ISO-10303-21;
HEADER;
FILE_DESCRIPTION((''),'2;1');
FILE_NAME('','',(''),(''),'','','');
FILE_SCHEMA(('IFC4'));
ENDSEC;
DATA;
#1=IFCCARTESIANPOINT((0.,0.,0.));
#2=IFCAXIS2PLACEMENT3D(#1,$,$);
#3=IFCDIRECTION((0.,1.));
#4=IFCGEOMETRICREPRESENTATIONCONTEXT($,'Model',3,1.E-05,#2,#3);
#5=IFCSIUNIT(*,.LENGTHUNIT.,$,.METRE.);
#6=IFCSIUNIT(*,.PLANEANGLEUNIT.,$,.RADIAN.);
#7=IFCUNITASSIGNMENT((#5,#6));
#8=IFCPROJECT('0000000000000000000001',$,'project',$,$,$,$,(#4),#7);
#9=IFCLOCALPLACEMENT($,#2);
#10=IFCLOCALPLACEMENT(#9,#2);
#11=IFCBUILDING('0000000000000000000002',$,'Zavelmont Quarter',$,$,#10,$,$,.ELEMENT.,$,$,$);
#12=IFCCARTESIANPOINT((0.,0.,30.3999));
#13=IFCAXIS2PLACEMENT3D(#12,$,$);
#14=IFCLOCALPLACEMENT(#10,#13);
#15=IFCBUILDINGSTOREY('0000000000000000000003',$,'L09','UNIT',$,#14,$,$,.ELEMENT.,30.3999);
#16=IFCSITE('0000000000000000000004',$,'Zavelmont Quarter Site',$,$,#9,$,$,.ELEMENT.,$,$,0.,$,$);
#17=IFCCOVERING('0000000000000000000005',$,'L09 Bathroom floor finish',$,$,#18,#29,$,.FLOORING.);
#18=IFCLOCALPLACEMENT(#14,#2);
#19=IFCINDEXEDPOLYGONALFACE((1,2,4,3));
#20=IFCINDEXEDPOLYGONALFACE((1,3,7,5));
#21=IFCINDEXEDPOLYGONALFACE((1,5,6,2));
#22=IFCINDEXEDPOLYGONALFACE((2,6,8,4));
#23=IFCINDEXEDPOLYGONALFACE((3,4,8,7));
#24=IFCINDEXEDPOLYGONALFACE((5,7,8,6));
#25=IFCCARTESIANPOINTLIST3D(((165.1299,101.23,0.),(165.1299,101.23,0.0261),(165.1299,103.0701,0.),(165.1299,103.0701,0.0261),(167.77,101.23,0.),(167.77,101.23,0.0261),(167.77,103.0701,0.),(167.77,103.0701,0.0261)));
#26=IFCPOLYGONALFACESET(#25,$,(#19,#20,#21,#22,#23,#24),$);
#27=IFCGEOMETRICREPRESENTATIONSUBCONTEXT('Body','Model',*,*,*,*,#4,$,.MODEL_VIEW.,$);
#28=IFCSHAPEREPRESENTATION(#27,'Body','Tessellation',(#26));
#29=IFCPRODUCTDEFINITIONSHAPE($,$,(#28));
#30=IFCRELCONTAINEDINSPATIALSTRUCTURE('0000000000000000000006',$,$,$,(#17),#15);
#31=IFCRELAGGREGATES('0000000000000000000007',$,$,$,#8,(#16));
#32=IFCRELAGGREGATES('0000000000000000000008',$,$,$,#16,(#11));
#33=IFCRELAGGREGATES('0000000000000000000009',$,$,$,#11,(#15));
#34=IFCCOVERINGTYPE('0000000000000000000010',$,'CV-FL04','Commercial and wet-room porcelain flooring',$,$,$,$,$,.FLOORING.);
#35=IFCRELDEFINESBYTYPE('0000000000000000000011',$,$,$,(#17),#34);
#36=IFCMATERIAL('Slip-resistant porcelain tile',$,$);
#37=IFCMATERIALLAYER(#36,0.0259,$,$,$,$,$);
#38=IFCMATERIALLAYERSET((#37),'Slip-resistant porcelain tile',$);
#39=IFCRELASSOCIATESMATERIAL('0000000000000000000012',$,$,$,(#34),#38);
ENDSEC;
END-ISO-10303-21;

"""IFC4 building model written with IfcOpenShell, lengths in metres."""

from ifc_helpers import new_model, si_unit, direction, frame, origin, place, context, subcontext, project, spatial, polyline, outline, extrude, material, layer, layer_set, type_object, element, save


model = new_model("IFC4")

# Units and contexts
model_context = context("Model", 3, precision=1e-05, world=origin(), true_north=direction((0.0, 1.0)))
body_context = subcontext(model_context, "Body", "Model", "MODEL_VIEW")
ifc_project = project(units=[si_unit("LENGTHUNIT", "METRE"), si_unit("PLANEANGLEUNIT", "RADIAN")], contexts=[model_context])

# Site, building, storey
site_placement = place(None, origin())
site = spatial("IfcSite", under=ifc_project, at=site_placement, Name="Zavelmont Quarter Site", CompositionType="ELEMENT", RefElevation=0.0)
building_placement = place(site_placement, origin())
building = spatial("IfcBuilding", under=site, at=building_placement, Name="Zavelmont Quarter", CompositionType="ELEMENT")
storey_placement = place(building_placement, frame((0.0, 0.0, 30.3999)))
storey = spatial("IfcBuildingStorey", under=building, at=storey_placement, Name="L09", Description="UNIT", CompositionType="ELEMENT", Elevation=30.3999)

# Covering
ifc_material_1 = material(Name="Slip-resistant porcelain tile")
ifc_layer_1 = layer(ifc_material_1, 0.0259)
ifc_layer_set_1 = layer_set([ifc_layer_1], Name="Slip-resistant porcelain tile")
covering_type_1 = type_object("IfcCoveringType", Name="CV-FL04", Description="Commercial and wet-room porcelain flooring", PredefinedType="FLOORING", material=ifc_layer_set_1)
covering_1_placement = place(storey_placement, origin())
element("IfcCovering", 1, at=covering_1_placement, inside=storey, type_object=covering_type_1, Name="L09 Bathroom floor finish", PredefinedType="FLOORING", context=body_context, shape_type="SweptSolid", body=[
    extrude(outline(polyline([(165.1299, 103.0701), (167.77, 103.0701), (167.77, 101.23), (165.1299, 101.23), (165.1299, 103.0701)])), origin(), (0.0, 0.0, 1.0), 0.0261),
])

save(model, "model.ifc")
